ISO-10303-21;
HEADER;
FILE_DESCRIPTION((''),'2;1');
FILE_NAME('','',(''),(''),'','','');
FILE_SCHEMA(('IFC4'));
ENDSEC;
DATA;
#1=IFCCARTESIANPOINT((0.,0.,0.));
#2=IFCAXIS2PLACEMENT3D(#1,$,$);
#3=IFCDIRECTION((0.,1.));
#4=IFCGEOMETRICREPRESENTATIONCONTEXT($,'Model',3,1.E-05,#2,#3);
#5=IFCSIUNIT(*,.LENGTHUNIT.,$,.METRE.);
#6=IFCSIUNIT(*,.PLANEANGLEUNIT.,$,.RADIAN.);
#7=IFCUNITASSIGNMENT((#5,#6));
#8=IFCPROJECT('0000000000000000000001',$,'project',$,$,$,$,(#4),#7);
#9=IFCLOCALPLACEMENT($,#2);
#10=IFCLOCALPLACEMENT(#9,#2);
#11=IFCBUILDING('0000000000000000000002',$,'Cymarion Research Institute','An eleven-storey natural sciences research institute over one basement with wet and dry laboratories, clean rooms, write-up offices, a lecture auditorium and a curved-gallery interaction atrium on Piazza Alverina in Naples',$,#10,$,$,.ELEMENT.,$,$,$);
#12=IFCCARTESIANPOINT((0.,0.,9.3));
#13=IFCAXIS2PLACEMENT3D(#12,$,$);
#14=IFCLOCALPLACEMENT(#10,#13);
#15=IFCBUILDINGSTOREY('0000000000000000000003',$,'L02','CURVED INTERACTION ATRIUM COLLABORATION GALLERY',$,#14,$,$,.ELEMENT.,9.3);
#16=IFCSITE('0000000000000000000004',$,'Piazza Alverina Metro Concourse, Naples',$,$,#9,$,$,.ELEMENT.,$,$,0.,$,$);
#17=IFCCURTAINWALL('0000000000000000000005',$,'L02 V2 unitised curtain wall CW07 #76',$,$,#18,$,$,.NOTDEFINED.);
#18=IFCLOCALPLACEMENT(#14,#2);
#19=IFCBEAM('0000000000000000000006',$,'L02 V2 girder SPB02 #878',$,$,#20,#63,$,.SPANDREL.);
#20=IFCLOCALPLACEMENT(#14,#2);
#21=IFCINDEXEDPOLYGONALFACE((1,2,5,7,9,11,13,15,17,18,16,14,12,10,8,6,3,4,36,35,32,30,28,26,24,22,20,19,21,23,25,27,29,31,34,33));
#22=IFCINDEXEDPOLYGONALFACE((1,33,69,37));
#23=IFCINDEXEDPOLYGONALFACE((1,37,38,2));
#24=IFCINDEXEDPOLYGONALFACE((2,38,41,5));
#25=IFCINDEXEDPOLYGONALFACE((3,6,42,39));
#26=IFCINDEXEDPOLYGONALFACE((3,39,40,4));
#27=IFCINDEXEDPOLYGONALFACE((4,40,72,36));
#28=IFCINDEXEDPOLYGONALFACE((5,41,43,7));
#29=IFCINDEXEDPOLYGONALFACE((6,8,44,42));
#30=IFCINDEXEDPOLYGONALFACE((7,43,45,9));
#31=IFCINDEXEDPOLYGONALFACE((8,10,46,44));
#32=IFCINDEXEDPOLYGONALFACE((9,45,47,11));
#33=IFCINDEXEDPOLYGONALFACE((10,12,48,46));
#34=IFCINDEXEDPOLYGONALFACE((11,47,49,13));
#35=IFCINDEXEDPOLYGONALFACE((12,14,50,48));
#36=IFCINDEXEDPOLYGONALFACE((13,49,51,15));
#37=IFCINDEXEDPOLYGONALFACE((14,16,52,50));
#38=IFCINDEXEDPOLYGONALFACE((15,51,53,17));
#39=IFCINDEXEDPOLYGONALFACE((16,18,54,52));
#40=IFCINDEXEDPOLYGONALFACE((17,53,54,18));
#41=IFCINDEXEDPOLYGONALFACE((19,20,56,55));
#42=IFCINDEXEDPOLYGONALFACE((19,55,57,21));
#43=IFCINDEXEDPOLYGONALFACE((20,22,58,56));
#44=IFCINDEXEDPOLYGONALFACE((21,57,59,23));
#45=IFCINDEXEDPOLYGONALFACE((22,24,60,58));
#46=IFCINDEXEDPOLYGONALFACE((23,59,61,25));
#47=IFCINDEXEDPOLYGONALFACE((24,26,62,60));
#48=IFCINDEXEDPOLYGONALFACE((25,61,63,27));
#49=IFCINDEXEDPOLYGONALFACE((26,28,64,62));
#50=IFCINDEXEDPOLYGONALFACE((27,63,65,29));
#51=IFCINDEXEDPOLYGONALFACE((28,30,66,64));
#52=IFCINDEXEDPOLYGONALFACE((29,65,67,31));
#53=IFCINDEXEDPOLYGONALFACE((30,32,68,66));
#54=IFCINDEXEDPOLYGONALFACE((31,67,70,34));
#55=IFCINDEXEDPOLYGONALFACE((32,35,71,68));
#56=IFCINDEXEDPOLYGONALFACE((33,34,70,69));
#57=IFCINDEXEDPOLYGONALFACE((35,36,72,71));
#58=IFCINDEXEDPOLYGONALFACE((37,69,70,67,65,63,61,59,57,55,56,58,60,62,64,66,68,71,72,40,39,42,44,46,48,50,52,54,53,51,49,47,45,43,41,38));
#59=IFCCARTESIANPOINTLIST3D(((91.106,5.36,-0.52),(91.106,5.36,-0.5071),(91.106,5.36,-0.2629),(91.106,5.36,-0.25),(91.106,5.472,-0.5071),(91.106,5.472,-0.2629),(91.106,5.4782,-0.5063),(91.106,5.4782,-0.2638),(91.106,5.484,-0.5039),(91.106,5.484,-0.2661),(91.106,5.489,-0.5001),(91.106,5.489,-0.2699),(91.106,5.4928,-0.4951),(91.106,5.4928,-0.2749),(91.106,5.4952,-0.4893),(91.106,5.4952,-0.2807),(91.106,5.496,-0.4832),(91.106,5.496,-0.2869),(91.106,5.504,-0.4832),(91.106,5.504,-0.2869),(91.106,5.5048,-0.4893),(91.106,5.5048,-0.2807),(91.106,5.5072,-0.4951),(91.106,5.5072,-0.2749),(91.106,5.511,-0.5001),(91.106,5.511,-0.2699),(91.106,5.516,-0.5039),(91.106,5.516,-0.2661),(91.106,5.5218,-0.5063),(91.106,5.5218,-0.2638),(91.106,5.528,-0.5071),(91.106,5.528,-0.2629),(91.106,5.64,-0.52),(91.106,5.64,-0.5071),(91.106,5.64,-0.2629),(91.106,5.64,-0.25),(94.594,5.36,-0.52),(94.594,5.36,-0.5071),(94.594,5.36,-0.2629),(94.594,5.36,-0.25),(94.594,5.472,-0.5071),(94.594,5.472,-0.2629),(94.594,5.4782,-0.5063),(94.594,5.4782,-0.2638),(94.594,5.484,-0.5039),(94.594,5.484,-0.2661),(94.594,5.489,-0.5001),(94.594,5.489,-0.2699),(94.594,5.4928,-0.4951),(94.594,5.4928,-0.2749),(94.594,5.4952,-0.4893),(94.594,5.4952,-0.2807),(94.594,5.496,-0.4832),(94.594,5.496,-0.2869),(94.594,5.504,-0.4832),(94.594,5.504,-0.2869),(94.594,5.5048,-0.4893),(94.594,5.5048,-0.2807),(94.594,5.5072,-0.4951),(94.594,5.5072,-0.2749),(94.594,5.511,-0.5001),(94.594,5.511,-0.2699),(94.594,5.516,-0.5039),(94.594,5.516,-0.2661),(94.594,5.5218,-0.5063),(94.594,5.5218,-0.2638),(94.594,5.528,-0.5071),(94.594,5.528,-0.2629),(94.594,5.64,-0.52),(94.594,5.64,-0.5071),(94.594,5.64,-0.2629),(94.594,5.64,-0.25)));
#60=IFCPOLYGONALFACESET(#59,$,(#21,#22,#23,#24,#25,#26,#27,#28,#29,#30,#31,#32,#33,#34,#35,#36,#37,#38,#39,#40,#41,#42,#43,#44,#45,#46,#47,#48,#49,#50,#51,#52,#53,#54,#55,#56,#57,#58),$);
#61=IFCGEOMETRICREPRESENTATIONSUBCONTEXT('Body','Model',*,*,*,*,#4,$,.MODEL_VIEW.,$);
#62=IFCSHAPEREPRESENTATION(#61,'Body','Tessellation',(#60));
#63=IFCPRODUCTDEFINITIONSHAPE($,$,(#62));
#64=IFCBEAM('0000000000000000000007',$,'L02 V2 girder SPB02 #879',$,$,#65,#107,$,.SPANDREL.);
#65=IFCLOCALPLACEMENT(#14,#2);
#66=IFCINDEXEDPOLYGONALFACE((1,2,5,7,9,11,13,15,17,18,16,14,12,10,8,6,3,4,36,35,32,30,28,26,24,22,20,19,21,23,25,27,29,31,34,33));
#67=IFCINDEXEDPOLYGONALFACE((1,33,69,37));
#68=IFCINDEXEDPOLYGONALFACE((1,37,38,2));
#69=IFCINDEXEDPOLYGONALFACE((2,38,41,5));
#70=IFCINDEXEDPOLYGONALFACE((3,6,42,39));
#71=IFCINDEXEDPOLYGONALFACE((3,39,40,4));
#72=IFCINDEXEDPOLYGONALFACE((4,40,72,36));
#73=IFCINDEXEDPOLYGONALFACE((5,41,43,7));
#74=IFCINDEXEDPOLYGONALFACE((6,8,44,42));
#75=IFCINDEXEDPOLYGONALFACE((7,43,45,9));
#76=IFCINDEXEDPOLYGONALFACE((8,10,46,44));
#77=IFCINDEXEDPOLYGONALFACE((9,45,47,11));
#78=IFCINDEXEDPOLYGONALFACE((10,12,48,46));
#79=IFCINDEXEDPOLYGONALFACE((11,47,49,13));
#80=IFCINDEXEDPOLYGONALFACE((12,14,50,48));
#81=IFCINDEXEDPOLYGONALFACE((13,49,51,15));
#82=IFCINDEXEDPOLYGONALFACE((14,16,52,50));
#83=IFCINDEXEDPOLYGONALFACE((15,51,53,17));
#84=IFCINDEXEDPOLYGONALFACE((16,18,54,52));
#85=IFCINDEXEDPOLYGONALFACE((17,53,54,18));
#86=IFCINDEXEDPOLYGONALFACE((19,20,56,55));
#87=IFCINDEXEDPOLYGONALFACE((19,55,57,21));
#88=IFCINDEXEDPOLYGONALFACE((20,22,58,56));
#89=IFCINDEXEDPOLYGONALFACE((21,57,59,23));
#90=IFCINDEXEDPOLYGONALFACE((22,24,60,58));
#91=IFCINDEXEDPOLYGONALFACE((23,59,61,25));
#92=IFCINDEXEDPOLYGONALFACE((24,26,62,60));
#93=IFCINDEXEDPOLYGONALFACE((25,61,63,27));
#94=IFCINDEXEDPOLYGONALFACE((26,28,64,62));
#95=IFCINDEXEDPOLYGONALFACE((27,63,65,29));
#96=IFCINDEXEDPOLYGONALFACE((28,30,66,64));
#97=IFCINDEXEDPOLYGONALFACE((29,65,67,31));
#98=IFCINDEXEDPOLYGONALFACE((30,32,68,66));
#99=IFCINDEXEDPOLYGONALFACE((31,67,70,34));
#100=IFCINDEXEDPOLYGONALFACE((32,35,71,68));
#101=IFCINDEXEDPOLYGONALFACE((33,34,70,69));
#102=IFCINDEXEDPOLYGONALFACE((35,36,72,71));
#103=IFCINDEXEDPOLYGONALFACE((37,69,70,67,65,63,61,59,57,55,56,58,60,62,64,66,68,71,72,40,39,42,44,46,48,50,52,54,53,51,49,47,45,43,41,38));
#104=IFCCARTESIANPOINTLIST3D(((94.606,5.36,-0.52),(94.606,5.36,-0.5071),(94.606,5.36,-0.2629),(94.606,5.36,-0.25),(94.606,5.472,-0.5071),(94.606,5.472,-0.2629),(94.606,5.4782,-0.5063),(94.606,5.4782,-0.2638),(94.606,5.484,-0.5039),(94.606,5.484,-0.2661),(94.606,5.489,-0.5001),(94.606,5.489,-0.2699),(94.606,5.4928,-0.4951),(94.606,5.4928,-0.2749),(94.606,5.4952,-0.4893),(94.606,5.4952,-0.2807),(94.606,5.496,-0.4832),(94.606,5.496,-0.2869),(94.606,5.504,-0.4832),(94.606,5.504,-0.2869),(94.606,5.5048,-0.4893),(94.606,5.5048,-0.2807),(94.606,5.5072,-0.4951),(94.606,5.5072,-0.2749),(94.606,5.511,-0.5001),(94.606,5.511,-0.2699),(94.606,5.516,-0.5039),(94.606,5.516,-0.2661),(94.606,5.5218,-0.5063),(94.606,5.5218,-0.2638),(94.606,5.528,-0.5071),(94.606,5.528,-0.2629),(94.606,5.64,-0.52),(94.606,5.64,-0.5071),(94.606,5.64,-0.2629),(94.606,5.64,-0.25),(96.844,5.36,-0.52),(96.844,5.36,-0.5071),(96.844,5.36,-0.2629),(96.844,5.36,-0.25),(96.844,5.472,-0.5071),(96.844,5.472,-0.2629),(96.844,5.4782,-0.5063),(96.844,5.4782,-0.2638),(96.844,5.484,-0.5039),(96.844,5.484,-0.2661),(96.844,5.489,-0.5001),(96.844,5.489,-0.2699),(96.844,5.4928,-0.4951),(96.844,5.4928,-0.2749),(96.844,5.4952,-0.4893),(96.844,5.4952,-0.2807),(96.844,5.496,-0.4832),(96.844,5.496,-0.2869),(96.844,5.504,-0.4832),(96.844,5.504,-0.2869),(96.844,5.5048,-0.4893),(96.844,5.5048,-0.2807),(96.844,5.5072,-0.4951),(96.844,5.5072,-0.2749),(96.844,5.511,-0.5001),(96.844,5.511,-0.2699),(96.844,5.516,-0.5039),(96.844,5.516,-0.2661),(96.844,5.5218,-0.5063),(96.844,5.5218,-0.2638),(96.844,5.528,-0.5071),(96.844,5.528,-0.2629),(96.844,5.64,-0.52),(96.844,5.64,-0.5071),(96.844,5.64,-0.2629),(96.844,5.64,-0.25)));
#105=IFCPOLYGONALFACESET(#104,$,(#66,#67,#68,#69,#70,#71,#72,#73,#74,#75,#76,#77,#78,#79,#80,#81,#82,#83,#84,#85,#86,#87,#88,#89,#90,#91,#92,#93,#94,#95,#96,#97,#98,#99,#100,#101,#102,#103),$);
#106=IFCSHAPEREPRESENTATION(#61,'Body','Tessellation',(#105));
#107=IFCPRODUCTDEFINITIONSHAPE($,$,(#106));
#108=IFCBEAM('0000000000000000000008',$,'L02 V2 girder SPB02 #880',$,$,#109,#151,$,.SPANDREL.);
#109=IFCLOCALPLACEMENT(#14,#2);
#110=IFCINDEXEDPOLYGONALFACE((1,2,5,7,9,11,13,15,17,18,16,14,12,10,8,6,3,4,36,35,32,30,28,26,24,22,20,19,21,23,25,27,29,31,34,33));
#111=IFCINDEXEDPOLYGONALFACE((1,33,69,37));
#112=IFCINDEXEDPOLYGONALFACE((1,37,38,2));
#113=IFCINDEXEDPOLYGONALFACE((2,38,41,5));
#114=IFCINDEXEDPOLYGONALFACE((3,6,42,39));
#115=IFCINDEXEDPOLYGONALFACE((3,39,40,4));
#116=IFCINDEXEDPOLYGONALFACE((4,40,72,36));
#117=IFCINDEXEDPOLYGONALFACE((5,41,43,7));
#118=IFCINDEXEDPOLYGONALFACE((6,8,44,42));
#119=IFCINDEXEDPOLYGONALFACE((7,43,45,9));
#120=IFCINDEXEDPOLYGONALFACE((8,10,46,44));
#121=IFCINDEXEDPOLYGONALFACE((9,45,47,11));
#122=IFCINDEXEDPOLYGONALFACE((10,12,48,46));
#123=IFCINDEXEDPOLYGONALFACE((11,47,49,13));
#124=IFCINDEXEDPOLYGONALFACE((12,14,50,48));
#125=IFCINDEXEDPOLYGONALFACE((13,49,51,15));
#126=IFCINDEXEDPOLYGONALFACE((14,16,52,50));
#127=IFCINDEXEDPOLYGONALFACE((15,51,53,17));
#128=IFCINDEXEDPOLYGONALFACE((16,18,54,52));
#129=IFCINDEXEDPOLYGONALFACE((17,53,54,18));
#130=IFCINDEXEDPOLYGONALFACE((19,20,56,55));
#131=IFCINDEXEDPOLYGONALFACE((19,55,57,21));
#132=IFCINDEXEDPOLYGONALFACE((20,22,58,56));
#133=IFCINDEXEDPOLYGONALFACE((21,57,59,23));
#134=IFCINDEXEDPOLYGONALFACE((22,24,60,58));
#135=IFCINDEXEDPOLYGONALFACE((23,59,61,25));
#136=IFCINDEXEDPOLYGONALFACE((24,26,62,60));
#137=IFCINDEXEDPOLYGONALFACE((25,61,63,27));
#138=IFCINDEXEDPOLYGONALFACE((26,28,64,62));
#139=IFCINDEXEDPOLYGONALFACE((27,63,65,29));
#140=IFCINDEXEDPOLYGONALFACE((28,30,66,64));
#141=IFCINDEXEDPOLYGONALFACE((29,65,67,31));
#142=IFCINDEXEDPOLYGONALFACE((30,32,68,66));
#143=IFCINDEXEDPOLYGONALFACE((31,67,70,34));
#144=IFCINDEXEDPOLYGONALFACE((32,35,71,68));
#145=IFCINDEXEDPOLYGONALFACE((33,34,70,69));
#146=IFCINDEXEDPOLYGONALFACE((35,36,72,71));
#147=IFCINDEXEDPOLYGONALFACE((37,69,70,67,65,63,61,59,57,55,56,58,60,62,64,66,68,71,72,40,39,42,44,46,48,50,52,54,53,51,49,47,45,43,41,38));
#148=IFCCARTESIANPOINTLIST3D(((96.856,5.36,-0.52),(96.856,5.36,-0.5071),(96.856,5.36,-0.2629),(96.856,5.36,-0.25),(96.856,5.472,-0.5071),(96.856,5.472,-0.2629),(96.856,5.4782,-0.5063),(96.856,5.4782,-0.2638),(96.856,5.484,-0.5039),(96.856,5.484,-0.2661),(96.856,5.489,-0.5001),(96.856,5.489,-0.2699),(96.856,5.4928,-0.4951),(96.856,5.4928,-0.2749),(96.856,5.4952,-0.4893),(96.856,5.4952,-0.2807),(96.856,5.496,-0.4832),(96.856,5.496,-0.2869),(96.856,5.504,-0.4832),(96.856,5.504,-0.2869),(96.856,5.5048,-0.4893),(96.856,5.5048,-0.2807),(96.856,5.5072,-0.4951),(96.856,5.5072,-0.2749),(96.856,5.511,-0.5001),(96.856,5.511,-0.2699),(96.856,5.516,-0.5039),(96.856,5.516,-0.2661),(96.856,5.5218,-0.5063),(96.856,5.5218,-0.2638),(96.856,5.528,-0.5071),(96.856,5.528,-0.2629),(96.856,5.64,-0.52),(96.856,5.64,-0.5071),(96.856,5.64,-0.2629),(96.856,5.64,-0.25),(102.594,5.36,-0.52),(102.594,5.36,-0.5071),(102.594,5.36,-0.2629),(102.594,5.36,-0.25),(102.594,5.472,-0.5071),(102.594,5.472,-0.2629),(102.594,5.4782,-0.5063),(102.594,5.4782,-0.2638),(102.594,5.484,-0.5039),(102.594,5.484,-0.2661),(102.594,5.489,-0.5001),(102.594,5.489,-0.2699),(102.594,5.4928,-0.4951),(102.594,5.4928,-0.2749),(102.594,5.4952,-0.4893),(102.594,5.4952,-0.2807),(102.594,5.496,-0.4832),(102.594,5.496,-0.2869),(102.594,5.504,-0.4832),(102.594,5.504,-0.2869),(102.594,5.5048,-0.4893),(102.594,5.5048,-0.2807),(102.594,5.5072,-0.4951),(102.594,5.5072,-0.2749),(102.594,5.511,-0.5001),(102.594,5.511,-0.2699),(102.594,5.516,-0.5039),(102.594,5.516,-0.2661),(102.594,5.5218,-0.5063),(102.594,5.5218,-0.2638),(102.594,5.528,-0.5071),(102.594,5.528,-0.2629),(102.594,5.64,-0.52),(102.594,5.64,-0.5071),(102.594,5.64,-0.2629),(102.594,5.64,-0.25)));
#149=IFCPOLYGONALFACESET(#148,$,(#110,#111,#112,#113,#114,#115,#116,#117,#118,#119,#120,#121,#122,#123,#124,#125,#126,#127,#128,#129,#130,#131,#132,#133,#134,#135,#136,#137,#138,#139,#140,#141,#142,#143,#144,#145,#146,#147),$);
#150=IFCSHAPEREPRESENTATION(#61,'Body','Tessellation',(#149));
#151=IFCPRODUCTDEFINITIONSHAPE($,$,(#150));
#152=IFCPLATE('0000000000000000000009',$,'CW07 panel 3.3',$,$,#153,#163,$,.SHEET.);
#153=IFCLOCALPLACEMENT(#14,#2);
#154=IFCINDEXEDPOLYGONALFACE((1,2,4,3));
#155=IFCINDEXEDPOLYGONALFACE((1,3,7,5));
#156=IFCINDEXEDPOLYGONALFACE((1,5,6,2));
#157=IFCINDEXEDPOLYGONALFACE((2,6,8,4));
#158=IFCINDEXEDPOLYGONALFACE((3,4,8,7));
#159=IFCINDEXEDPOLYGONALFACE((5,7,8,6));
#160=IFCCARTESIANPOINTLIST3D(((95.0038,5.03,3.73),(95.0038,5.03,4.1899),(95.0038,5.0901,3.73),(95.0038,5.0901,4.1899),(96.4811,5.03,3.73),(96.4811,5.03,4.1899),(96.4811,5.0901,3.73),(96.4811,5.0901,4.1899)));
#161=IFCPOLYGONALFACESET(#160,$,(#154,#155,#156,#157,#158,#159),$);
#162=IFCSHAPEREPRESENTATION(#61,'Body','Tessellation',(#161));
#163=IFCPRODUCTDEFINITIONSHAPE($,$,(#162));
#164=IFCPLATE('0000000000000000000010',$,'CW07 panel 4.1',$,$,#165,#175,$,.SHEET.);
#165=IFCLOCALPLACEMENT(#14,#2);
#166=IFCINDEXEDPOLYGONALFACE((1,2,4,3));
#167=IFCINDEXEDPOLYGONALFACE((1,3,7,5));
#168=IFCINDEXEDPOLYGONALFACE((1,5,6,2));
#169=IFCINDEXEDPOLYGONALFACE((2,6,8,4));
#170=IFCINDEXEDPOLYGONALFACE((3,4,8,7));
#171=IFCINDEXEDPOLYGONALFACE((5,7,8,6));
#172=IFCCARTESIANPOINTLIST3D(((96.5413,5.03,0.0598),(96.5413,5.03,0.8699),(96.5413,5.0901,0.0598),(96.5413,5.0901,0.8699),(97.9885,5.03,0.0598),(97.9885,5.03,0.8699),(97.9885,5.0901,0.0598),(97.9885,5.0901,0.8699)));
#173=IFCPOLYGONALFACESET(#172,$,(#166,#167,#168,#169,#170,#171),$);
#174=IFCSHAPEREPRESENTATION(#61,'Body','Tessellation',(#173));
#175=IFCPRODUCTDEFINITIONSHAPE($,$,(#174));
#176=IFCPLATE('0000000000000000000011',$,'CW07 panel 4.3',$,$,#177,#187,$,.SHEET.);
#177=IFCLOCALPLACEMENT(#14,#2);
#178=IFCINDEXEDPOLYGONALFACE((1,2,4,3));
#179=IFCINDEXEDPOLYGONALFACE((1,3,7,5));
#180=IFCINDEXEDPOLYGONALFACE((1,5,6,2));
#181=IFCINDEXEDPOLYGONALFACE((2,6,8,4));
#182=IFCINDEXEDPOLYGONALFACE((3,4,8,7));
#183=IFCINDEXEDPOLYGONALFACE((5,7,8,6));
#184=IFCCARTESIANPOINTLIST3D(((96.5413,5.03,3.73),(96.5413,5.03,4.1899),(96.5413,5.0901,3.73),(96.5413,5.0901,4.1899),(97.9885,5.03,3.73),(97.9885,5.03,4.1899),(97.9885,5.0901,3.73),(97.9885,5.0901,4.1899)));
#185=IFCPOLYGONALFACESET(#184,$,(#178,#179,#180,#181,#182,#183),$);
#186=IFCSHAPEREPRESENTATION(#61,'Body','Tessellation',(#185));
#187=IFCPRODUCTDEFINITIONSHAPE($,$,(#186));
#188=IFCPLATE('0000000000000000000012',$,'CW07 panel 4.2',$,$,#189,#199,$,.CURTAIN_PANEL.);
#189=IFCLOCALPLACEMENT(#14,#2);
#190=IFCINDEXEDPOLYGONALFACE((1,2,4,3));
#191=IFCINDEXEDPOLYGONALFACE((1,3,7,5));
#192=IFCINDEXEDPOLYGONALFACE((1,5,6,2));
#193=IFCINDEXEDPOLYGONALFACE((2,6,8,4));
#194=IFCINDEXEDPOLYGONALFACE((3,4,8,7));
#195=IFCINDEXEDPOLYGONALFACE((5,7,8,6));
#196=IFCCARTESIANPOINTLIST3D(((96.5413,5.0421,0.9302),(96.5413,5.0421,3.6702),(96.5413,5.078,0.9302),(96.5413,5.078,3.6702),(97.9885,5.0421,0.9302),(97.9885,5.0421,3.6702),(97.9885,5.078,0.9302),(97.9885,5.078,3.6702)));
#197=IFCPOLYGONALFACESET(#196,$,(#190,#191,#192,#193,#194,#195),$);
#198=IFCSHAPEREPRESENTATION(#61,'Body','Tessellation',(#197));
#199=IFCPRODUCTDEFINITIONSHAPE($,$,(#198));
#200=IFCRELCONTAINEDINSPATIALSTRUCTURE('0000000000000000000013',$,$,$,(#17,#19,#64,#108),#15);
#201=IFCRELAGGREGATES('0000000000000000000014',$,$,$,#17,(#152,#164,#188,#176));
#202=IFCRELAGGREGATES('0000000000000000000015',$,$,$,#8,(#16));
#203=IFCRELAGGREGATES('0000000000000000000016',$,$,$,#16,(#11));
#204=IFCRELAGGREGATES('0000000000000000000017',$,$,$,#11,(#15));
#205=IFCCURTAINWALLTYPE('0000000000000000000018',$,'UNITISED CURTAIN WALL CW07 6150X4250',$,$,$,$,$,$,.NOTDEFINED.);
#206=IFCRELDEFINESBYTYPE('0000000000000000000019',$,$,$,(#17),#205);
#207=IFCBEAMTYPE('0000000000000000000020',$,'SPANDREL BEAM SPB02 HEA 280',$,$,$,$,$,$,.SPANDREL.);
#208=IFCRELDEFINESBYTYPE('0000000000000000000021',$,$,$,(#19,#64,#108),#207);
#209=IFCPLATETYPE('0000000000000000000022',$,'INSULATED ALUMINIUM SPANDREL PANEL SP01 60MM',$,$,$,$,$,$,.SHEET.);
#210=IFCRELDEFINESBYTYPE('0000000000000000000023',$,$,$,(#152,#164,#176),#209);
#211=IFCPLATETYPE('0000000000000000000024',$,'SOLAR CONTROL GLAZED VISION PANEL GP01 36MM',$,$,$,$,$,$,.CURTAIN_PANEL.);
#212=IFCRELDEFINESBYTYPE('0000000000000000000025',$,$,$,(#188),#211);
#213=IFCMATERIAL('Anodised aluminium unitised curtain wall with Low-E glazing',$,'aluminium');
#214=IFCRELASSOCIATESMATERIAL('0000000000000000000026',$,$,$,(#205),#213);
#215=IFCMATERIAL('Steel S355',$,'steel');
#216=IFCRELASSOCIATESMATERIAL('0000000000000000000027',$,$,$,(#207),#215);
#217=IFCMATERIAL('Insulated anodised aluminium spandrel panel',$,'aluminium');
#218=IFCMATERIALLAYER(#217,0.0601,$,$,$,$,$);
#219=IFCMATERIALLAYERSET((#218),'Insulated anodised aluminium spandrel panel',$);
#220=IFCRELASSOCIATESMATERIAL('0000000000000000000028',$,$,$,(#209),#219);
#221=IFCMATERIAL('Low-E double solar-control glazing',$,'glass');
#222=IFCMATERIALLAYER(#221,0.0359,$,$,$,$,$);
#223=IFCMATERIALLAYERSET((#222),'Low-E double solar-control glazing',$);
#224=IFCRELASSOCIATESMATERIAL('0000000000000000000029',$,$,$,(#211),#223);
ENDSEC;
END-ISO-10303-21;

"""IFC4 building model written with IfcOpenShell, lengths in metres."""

from ifc_helpers import new_model, si_unit, direction, frame, origin, origin_2d, place, context, subcontext, project, spatial, rectangle, i_section, extrude, material, layer, layer_set, material_profile, profile_set, type_object, element, aggregate, save


model = new_model("IFC4")

# Units and contexts
model_context = context("Model", 3, precision=1e-05, world=origin(), true_north=direction((0.0, 1.0)))
body_context = subcontext(model_context, "Body", "Model", "MODEL_VIEW")
ifc_project = project(units=[si_unit("LENGTHUNIT", "METRE"), si_unit("PLANEANGLEUNIT", "RADIAN")], contexts=[model_context])

# Site, building, storey
site_placement = place(None, origin())
site = spatial("IfcSite", under=ifc_project, at=site_placement, Name="Piazza Alverina Metro Concourse, Naples", CompositionType="ELEMENT", RefElevation=0.0)
building_placement = place(site_placement, origin())
building = spatial("IfcBuilding", under=site, at=building_placement, Name="Cymarion Research Institute", Description="An eleven-storey natural sciences research institute over one basement with wet and dry laboratories, clean rooms, write-up offices, a lecture auditorium and a curved-gallery interaction atrium on Piazza Alverina in Naples", CompositionType="ELEMENT")
storey_placement = place(building_placement, frame((0.0, 0.0, 9.3)))
storey = spatial("IfcBuildingStorey", under=building, at=storey_placement, Name="L02", Description="CURVED INTERACTION ATRIUM COLLABORATION GALLERY", CompositionType="ELEMENT", Elevation=9.3)

# Shared definitions
ifc_material_1 = material(Name="Steel S355", Category="steel")

# Curtain wall
ifc_material_2 = material(Name="Anodised aluminium unitised curtain wall with Low-E glazing", Category="aluminium")
curtain_wall_type = type_object("IfcCurtainWallType", Name="UNITISED CURTAIN WALL CW07 6150X4250", PredefinedType="NOTDEFINED", material=ifc_material_2)
curtain_wall_1_placement = place(storey_placement, origin())
curtain_wall_1 = element("IfcCurtainWall", 1, at=curtain_wall_1_placement, inside=storey, type_object=curtain_wall_type, Name="L02 V2 unitised curtain wall CW07 #76", PredefinedType="NOTDEFINED")

# Beams
ifc_material_profile_1 = material_profile(ifc_material_1, i_section(OverallWidth=0.28, OverallDepth=0.27, WebThickness=0.0081, FlangeThickness=0.0129, FilletRadius=0.0239, at=origin_2d()), Name="HEA 280")
ifc_profile_set_1 = profile_set([ifc_material_profile_1], Name="Steel S355")
beam_type_1 = type_object("IfcBeamType", Name="SPANDREL BEAM SPB02 HEA 280", PredefinedType="SPANDREL", material=ifc_profile_set_1)
beam_1_placement = place(storey_placement, frame((91.106, 5.5, -0.385), z_axis=(1.0, 0.0, 0.0), x_axis=(0.0, 1.0, 0.0)))
element("IfcBeam", 2, at=beam_1_placement, inside=storey, type_object=beam_type_1, Name="L02 V2 girder SPB02 #878", PredefinedType="SPANDREL", context=body_context, shape_type="SweptSolid", body=[
    extrude(i_section(OverallWidth=0.28, OverallDepth=0.27, WebThickness=0.0081, FlangeThickness=0.0129, FilletRadius=0.0239, at=origin_2d()), origin(), (0.0, 0.0, 1.0), 3.488),
])
beam_2_placement = place(storey_placement, frame((94.606, 5.5, -0.385), z_axis=(1.0, 0.0, 0.0), x_axis=(0.0, 1.0, 0.0)))
element("IfcBeam", 3, at=beam_2_placement, inside=storey, type_object=beam_type_1, Name="L02 V2 girder SPB02 #879", PredefinedType="SPANDREL", context=body_context, shape_type="SweptSolid", body=[
    extrude(i_section(OverallWidth=0.28, OverallDepth=0.27, WebThickness=0.0081, FlangeThickness=0.0129, FilletRadius=0.0239, at=origin_2d()), origin(), (0.0, 0.0, 1.0), 2.238),
])
beam_3_placement = place(storey_placement, frame((96.856, 5.5, -0.385), z_axis=(1.0, 0.0, 0.0), x_axis=(0.0, 1.0, 0.0)))
element("IfcBeam", 4, at=beam_3_placement, inside=storey, type_object=beam_type_1, Name="L02 V2 girder SPB02 #880", PredefinedType="SPANDREL", context=body_context, shape_type="SweptSolid", body=[
    extrude(i_section(OverallWidth=0.28, OverallDepth=0.27, WebThickness=0.0081, FlangeThickness=0.0129, FilletRadius=0.0239, at=origin_2d()), origin(), (0.0, 0.0, 1.0), 5.738),
])

# Plates
ifc_material_3 = material(Name="Insulated anodised aluminium spandrel panel", Category="aluminium")
ifc_layer_1 = layer(ifc_material_3, 0.0601)
ifc_layer_set_1 = layer_set([ifc_layer_1], Name="Insulated anodised aluminium spandrel panel")
plate_type_1 = type_object("IfcPlateType", Name="INSULATED ALUMINIUM SPANDREL PANEL SP01 60MM", PredefinedType="SHEET", material=ifc_layer_set_1)
plate_1_placement = place(storey_placement, frame((95.7424, 5.0601, 3.73), z_axis=(0.0, 0.0, 1.0), x_axis=(1.0, 0.0, 0.0)))
plate_1 = element("IfcPlate", 5, at=plate_1_placement, type_object=plate_type_1, Name="CW07 panel 3.3", PredefinedType="SHEET", context=body_context, shape_type="SweptSolid", body=[
    extrude(rectangle(XDim=1.4773, YDim=0.0601, at=origin_2d()), origin(), (0.0, 0.0, 1.0), 0.46),
])
plate_2_placement = place(storey_placement, frame((97.2649, 5.0601, 0.0598), z_axis=(0.0, 0.0, 1.0), x_axis=(1.0, 0.0, 0.0)))
plate_2 = element("IfcPlate", 6, at=plate_2_placement, type_object=plate_type_1, Name="CW07 panel 4.1", PredefinedType="SHEET", context=body_context, shape_type="SweptSolid", body=[
    extrude(rectangle(XDim=1.4473, YDim=0.0601, at=origin_2d()), origin(), (0.0, 0.0, 1.0), 0.8101),
])
plate_3_placement = place(storey_placement, frame((97.2649, 5.0601, 3.73), z_axis=(0.0, 0.0, 1.0), x_axis=(1.0, 0.0, 0.0)))
plate_3 = element("IfcPlate", 7, at=plate_3_placement, type_object=plate_type_1, Name="CW07 panel 4.3", PredefinedType="SHEET", context=body_context, shape_type="SweptSolid", body=[
    extrude(rectangle(XDim=1.4473, YDim=0.0601, at=origin_2d()), origin(), (0.0, 0.0, 1.0), 0.46),
])
ifc_material_4 = material(Name="Low-E double solar-control glazing", Category="glass")
ifc_layer_2 = layer(ifc_material_4, 0.0359)
ifc_layer_set_2 = layer_set([ifc_layer_2], Name="Low-E double solar-control glazing")
plate_type_2 = type_object("IfcPlateType", Name="SOLAR CONTROL GLAZED VISION PANEL GP01 36MM", PredefinedType="CURTAIN_PANEL", material=ifc_layer_set_2)
plate_4_placement = place(storey_placement, frame((97.2649, 5.0601, 0.9302), z_axis=(0.0, 0.0, 1.0), x_axis=(1.0, 0.0, 0.0)))
plate_4 = element("IfcPlate", 8, at=plate_4_placement, type_object=plate_type_2, Name="CW07 panel 4.2", PredefinedType="CURTAIN_PANEL", context=body_context, shape_type="SweptSolid", body=[
    extrude(rectangle(XDim=1.4473, YDim=0.0359, at=origin_2d()), origin(), (0.0, 0.0, 1.0), 2.74),
])
aggregate(curtain_wall_1, [plate_1, plate_2, plate_4, plate_3])

save(model, "model.ifc")
